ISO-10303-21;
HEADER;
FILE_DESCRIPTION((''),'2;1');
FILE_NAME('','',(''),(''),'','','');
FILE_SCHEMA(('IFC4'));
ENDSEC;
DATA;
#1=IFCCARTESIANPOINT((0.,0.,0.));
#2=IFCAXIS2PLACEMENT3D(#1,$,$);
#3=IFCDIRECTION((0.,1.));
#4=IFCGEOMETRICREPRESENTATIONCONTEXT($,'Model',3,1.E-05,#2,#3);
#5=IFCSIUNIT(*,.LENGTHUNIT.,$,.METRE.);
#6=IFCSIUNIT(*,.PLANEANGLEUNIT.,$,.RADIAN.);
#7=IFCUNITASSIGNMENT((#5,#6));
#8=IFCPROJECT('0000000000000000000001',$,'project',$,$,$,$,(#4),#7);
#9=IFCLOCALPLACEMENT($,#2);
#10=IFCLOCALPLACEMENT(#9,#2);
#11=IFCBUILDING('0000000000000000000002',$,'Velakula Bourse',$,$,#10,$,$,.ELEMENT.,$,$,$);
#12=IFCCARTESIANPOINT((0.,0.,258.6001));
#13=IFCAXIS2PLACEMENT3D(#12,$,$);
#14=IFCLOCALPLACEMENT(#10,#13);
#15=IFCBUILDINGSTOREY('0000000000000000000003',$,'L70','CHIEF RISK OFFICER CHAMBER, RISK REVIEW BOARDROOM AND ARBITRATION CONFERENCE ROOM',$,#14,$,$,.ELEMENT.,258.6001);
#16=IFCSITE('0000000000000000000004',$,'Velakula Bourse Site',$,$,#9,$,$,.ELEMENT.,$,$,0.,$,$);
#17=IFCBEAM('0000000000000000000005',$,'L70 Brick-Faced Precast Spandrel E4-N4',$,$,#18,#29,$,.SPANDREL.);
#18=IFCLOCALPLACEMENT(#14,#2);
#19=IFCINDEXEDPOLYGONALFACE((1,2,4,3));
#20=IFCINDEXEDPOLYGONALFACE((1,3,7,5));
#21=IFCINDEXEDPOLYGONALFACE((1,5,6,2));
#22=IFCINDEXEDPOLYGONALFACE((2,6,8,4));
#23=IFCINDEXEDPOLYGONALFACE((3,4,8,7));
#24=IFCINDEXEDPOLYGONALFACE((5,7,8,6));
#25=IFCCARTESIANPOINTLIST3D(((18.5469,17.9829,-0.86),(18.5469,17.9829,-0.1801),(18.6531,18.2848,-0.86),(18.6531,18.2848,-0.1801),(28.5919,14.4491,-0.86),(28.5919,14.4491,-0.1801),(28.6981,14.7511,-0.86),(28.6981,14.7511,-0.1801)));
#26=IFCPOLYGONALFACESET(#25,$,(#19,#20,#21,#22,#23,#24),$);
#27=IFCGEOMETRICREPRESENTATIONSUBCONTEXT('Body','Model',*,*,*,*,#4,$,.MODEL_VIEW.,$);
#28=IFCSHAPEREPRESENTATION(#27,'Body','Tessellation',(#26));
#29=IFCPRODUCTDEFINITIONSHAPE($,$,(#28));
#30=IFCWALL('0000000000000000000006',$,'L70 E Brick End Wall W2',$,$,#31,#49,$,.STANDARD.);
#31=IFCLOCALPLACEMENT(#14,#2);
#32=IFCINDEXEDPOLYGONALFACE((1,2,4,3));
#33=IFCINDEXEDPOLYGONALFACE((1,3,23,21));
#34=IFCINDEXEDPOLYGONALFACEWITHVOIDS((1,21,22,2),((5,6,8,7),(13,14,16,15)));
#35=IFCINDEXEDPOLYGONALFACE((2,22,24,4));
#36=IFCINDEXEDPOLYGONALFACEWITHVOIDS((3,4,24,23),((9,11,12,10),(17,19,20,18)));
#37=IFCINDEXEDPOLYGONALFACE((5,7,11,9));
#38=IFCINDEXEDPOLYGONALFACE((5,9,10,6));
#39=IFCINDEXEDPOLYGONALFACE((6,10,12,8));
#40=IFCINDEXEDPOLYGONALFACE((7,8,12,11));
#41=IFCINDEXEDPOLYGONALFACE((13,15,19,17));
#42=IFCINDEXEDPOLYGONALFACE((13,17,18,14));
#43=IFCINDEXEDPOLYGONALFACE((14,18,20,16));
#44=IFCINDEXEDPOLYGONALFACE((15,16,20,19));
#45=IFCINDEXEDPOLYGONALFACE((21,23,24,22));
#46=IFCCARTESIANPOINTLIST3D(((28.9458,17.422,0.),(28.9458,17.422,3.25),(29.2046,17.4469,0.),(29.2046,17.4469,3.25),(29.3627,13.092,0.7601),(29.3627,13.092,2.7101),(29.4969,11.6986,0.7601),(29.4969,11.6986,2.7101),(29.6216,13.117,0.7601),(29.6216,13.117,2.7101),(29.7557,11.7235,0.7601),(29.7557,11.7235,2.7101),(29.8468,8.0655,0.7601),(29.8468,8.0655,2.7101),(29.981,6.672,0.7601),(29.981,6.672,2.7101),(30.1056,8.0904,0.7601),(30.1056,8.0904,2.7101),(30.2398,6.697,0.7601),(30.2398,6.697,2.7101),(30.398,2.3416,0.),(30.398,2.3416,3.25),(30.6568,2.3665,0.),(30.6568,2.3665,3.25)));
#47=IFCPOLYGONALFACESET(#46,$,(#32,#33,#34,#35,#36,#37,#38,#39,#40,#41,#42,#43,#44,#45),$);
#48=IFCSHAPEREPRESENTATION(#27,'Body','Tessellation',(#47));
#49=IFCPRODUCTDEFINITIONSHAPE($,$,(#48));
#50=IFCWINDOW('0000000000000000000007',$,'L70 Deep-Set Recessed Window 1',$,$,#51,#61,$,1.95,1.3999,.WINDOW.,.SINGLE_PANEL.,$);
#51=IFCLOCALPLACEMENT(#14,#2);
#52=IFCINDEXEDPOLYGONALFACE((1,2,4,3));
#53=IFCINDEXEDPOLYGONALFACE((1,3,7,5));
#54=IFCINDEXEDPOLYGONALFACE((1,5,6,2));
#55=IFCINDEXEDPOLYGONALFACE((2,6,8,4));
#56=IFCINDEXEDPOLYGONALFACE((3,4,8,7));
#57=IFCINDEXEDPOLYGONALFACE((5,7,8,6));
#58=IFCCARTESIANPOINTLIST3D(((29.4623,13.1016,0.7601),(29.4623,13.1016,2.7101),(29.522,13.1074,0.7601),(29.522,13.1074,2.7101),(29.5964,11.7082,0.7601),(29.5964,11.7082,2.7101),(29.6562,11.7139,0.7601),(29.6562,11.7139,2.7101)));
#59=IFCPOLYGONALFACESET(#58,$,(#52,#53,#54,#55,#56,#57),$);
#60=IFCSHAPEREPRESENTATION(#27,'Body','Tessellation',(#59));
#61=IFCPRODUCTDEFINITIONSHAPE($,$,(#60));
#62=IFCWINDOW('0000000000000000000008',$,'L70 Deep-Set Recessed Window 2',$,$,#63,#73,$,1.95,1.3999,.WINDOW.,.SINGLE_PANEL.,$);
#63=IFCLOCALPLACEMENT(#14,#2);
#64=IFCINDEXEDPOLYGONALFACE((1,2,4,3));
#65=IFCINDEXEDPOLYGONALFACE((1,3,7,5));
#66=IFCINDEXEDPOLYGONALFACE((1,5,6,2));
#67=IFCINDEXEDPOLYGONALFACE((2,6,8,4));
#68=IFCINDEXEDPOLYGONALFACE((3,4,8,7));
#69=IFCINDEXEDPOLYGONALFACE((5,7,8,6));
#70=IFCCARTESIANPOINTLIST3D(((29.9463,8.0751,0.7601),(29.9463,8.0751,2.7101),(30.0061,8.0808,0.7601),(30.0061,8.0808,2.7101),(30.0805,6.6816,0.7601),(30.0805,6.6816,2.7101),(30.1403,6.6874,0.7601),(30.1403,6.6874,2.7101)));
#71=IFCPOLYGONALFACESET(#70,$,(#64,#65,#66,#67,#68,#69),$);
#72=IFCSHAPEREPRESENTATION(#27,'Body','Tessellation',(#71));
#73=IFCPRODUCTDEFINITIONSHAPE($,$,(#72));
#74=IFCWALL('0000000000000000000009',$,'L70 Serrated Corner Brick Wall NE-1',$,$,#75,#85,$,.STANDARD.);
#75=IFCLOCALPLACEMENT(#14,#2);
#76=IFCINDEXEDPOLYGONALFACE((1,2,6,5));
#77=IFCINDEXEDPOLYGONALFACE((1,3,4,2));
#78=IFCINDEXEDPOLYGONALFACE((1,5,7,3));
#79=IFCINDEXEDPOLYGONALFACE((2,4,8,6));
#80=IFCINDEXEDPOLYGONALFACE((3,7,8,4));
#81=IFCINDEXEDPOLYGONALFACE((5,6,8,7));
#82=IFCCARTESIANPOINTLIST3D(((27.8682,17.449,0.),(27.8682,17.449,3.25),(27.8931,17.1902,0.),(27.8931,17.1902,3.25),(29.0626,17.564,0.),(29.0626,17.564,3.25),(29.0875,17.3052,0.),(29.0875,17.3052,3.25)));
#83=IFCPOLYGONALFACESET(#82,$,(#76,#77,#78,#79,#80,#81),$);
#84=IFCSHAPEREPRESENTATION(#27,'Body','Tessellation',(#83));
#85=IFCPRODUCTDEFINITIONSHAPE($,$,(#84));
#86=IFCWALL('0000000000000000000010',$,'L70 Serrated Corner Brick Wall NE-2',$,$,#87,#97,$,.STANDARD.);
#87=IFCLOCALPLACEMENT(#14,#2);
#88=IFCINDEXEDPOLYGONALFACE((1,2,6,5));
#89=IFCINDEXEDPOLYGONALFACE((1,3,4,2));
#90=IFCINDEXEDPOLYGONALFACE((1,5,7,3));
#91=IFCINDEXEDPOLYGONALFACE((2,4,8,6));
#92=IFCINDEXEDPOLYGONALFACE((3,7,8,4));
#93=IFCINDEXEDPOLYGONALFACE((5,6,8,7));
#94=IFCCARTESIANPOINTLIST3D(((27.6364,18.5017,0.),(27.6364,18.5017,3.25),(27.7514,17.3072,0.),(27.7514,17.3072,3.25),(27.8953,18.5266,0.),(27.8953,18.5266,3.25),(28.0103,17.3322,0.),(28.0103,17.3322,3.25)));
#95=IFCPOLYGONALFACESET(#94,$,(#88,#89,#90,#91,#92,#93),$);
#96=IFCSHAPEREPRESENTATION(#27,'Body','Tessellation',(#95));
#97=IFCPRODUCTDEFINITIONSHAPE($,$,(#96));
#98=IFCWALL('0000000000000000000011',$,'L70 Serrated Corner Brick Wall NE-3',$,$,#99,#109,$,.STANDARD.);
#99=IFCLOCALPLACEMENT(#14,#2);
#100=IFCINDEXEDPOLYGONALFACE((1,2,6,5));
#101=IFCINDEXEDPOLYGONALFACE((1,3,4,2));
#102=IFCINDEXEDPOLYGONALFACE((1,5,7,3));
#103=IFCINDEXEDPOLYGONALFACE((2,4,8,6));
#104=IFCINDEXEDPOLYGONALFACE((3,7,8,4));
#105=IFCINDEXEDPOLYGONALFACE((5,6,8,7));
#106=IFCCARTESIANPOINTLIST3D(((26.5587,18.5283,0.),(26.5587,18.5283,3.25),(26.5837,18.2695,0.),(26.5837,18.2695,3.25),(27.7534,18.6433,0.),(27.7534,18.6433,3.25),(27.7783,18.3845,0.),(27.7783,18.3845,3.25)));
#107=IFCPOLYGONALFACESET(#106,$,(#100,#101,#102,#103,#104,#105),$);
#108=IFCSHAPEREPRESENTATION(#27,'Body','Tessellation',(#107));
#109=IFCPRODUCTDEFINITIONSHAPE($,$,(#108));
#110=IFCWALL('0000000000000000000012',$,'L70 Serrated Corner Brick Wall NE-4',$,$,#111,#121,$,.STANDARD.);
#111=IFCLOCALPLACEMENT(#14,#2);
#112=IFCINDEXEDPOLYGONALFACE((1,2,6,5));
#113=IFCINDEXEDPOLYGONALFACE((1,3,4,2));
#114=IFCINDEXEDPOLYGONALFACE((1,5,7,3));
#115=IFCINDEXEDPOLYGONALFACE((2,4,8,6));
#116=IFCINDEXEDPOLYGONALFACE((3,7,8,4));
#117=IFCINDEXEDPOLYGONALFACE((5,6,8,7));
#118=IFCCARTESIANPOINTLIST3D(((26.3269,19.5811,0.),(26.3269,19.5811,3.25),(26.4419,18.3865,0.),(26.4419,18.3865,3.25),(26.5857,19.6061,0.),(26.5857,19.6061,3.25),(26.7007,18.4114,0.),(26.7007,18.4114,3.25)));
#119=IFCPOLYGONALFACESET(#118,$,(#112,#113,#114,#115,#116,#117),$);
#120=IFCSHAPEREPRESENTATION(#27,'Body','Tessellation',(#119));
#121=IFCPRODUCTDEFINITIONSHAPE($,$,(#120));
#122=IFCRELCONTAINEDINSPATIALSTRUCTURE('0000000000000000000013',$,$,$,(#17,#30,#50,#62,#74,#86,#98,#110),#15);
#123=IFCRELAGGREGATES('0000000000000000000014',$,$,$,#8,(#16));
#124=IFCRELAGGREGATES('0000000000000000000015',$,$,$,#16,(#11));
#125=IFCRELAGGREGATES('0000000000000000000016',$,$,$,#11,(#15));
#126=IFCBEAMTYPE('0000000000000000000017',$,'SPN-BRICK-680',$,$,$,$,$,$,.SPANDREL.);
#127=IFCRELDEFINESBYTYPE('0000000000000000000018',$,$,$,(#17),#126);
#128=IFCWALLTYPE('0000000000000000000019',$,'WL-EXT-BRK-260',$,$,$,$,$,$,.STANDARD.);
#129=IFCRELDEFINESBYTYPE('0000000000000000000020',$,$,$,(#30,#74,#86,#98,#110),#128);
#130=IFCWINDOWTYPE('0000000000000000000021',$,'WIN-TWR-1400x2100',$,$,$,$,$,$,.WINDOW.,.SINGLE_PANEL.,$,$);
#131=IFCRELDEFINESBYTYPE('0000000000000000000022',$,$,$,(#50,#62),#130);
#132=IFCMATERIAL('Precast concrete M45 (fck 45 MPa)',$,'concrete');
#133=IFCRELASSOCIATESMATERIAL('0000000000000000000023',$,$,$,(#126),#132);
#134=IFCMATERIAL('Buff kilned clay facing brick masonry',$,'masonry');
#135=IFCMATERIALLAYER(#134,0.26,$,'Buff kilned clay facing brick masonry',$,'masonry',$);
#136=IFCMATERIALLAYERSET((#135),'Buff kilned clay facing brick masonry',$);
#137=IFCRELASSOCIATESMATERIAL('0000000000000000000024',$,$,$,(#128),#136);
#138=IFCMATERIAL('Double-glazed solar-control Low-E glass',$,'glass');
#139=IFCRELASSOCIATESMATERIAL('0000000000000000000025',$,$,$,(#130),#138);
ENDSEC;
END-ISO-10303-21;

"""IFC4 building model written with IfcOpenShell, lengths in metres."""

from ifc_helpers import new_model, si_unit, direction, frame, frame_2d, origin, origin_2d, place, context, subcontext, project, spatial, rectangle, extrude, material, layer, layer_set, material_profile, profile_set, type_object, element, fill, save


model = new_model("IFC4")

# Units and contexts
model_context = context("Model", 3, precision=1e-05, world=origin(), true_north=direction((0.0, 1.0)))
body_context = subcontext(model_context, "Body", "Model", "MODEL_VIEW")
ifc_project = project(units=[si_unit("LENGTHUNIT", "METRE"), si_unit("PLANEANGLEUNIT", "RADIAN")], contexts=[model_context])

# Site, building, storey
site_placement = place(None, origin())
site = spatial("IfcSite", under=ifc_project, at=site_placement, Name="Velakula Bourse Site", CompositionType="ELEMENT", RefElevation=0.0)
building_placement = place(site_placement, origin())
building = spatial("IfcBuilding", under=site, at=building_placement, Name="Velakula Bourse", CompositionType="ELEMENT")
storey_placement = place(building_placement, frame((0.0, 0.0, 258.6001)))
storey = spatial("IfcBuildingStorey", under=building, at=storey_placement, Name="L70", Description="CHIEF RISK OFFICER CHAMBER, RISK REVIEW BOARDROOM AND ARBITRATION CONFERENCE ROOM", CompositionType="ELEMENT", Elevation=258.6001)

# Shared definitions
ifc_material_1 = material(Name="Precast concrete M45 (fck 45 MPa)", Category="concrete")

# Beam
ifc_material_profile_1 = material_profile(ifc_material_1, rectangle(XDim=0.3201, YDim=0.6799, at=origin_2d()), Name="Precast concrete M45 (fck 45 MPa)")
ifc_profile_set_1 = profile_set([ifc_material_profile_1], Name="Precast concrete M45 (fck 45 MPa)")
beam_type_1 = type_object("IfcBeamType", Name="SPN-BRICK-680", PredefinedType="SPANDREL", material=ifc_profile_set_1)
beam_1_placement = place(storey_placement, frame((28.645, 14.6001, -0.52), z_axis=(-0.943331, 0.331853, 0.0), x_axis=(-0.331853, -0.943331, 0.0)))
element("IfcBeam", 1, at=beam_1_placement, inside=storey, type_object=beam_type_1, Name="L70 Brick-Faced Precast Spandrel E4-N4", PredefinedType="SPANDREL", context=body_context, shape_type="SweptSolid", body=[
    extrude(rectangle(XDim=0.3201, YDim=0.6799, at=origin_2d()), origin(), (0.0, 0.0, 1.0), 10.6484),
])

# Wall, openings, windows
ifc_material_2 = material(Name="Buff kilned clay facing brick masonry", Category="masonry")
ifc_layer = layer(ifc_material_2, 0.26, Name="Buff kilned clay facing brick masonry", Category="masonry")
ifc_layer_set = layer_set([ifc_layer], Name="Buff kilned clay facing brick masonry")
wall_type = type_object("IfcWallType", Name="WL-EXT-BRK-260", PredefinedType="STANDARD", material=ifc_layer_set)
wall_placement = place(storey_placement, frame((29.0752, 17.4346, 0.0), z_axis=(0.0, 0.0, 1.0), x_axis=(0.095851, -0.995396, 0.0)))
wall = element("IfcWall", 2, at=wall_placement, inside=storey, type_object=wall_type, Name="L70 E Brick End Wall W2", PredefinedType="STANDARD", context=body_context, shape_type="SweptSolid", body=[
    extrude(rectangle(XDim=15.1501, YDim=0.26, at=frame_2d((7.5752, 0.0))), origin(), (0.0, 0.0, 1.0), 3.25),
])
opening_1_placement = place(wall_placement, frame((4.3501, 0.0, 0.76)))
opening_1 = element("IfcOpeningElement", 3, at=opening_1_placement, cuts=wall, PredefinedType="OPENING", context=body_context, shape_type="SweptSolid", body=[
    extrude(rectangle(XDim=1.3999, YDim=1.95, at=frame_2d((0.7, 0.9751))), frame((0.0, 0.1399, 0.0), z_axis=(0.0, -1.0, 0.0), x_axis=(1.0, 0.0, 0.0)), (0.0, 0.0, 1.0), 0.28),
])
opening_2_placement = place(wall_placement, frame((9.3999, 0.0, 0.76)))
opening_2 = element("IfcOpeningElement", 4, at=opening_2_placement, cuts=wall, PredefinedType="OPENING", context=body_context, shape_type="SweptSolid", body=[
    extrude(rectangle(XDim=1.3999, YDim=1.95, at=frame_2d((0.7, 0.9751))), frame((0.0, 0.1399, 0.0), z_axis=(0.0, -1.0, 0.0), x_axis=(1.0, 0.0, 0.0)), (0.0, 0.0, 1.0), 0.28),
])
ifc_material_3 = material(Name="Double-glazed solar-control Low-E glass", Category="glass")
window_type = type_object("IfcWindowType", Name="WIN-TWR-1400x2100", PartitioningType="SINGLE_PANEL", PredefinedType="WINDOW", material=ifc_material_3)
window_1_placement = place(opening_1_placement, origin())
window_1 = element("IfcWindow", 5, at=window_1_placement, inside=storey, type_object=window_type, Name="L70 Deep-Set Recessed Window 1", OverallHeight=1.95, OverallWidth=1.3999, PartitioningType="SINGLE_PANEL", PredefinedType="WINDOW", context=body_context, shape_type="SweptSolid", body=[
    extrude(rectangle(XDim=1.3999, YDim=1.95, at=frame_2d((0.7, 0.9751))), frame((0.0, 0.03, 0.0), z_axis=(0.0, -1.0, 0.0), x_axis=(1.0, 0.0, 0.0)), (0.0, 0.0, 1.0), 0.0601),
])
fill(opening_1, window_1)
window_2_placement = place(opening_2_placement, origin())
window_2 = element("IfcWindow", 6, at=window_2_placement, inside=storey, type_object=window_type, Name="L70 Deep-Set Recessed Window 2", OverallHeight=1.95, OverallWidth=1.3999, PartitioningType="SINGLE_PANEL", PredefinedType="WINDOW", context=body_context, shape_type="SweptSolid", body=[
    extrude(rectangle(XDim=1.3999, YDim=1.95, at=frame_2d((0.7, 0.9751))), frame((0.0, 0.03, 0.0), z_axis=(0.0, -1.0, 0.0), x_axis=(1.0, 0.0, 0.0)), (0.0, 0.0, 1.0), 0.0601),
])
fill(opening_2, window_2)

# Walls
for number, where, z_axis, x_axis, name in (
    (7, (29.0752, 17.4346, 0.0), (0.0, 0.0, 1.0), (-0.995397, -0.095836, 0.0), "L70 Serrated Corner Brick Wall NE-1"),
    (8, (27.8809, 17.3196, 0.0), (0.0, 0.0, 1.0), (-0.095836, 0.995397, 0.0), "L70 Serrated Corner Brick Wall NE-2"),
):
    element("IfcWall", number, at=place(storey_placement, frame(where, z_axis=z_axis, x_axis=x_axis)), inside=storey, type_object=wall_type, Name=name, PredefinedType="STANDARD", context=body_context, shape_type="SweptSolid", body=[
        extrude(rectangle(XDim=1.2, YDim=0.26, at=frame_2d((0.6001, 0.0))), origin(), (0.0, 0.0, 1.0), 3.25),
    ])
for number, where, z_axis, x_axis, name in (
    (9, (27.7659, 18.5139, 0.0), (0.0, 0.0, 1.0), (-0.995399, -0.095817, 0.0), "L70 Serrated Corner Brick Wall NE-3"),
    (10, (26.5713, 18.3989, 0.0), (0.0, 0.0, 1.0), (-0.095817, 0.995399, 0.0), "L70 Serrated Corner Brick Wall NE-4"),
):
    element("IfcWall", number, at=place(storey_placement, frame(where, z_axis=z_axis, x_axis=x_axis)), inside=storey, type_object=wall_type, Name=name, PredefinedType="STANDARD", context=body_context, shape_type="SweptSolid", body=[
        extrude(rectangle(XDim=1.2002, YDim=0.26, at=frame_2d((0.6001, 0.0))), origin(), (0.0, 0.0, 1.0), 3.25),
    ])

save(model, "model.ifc")
